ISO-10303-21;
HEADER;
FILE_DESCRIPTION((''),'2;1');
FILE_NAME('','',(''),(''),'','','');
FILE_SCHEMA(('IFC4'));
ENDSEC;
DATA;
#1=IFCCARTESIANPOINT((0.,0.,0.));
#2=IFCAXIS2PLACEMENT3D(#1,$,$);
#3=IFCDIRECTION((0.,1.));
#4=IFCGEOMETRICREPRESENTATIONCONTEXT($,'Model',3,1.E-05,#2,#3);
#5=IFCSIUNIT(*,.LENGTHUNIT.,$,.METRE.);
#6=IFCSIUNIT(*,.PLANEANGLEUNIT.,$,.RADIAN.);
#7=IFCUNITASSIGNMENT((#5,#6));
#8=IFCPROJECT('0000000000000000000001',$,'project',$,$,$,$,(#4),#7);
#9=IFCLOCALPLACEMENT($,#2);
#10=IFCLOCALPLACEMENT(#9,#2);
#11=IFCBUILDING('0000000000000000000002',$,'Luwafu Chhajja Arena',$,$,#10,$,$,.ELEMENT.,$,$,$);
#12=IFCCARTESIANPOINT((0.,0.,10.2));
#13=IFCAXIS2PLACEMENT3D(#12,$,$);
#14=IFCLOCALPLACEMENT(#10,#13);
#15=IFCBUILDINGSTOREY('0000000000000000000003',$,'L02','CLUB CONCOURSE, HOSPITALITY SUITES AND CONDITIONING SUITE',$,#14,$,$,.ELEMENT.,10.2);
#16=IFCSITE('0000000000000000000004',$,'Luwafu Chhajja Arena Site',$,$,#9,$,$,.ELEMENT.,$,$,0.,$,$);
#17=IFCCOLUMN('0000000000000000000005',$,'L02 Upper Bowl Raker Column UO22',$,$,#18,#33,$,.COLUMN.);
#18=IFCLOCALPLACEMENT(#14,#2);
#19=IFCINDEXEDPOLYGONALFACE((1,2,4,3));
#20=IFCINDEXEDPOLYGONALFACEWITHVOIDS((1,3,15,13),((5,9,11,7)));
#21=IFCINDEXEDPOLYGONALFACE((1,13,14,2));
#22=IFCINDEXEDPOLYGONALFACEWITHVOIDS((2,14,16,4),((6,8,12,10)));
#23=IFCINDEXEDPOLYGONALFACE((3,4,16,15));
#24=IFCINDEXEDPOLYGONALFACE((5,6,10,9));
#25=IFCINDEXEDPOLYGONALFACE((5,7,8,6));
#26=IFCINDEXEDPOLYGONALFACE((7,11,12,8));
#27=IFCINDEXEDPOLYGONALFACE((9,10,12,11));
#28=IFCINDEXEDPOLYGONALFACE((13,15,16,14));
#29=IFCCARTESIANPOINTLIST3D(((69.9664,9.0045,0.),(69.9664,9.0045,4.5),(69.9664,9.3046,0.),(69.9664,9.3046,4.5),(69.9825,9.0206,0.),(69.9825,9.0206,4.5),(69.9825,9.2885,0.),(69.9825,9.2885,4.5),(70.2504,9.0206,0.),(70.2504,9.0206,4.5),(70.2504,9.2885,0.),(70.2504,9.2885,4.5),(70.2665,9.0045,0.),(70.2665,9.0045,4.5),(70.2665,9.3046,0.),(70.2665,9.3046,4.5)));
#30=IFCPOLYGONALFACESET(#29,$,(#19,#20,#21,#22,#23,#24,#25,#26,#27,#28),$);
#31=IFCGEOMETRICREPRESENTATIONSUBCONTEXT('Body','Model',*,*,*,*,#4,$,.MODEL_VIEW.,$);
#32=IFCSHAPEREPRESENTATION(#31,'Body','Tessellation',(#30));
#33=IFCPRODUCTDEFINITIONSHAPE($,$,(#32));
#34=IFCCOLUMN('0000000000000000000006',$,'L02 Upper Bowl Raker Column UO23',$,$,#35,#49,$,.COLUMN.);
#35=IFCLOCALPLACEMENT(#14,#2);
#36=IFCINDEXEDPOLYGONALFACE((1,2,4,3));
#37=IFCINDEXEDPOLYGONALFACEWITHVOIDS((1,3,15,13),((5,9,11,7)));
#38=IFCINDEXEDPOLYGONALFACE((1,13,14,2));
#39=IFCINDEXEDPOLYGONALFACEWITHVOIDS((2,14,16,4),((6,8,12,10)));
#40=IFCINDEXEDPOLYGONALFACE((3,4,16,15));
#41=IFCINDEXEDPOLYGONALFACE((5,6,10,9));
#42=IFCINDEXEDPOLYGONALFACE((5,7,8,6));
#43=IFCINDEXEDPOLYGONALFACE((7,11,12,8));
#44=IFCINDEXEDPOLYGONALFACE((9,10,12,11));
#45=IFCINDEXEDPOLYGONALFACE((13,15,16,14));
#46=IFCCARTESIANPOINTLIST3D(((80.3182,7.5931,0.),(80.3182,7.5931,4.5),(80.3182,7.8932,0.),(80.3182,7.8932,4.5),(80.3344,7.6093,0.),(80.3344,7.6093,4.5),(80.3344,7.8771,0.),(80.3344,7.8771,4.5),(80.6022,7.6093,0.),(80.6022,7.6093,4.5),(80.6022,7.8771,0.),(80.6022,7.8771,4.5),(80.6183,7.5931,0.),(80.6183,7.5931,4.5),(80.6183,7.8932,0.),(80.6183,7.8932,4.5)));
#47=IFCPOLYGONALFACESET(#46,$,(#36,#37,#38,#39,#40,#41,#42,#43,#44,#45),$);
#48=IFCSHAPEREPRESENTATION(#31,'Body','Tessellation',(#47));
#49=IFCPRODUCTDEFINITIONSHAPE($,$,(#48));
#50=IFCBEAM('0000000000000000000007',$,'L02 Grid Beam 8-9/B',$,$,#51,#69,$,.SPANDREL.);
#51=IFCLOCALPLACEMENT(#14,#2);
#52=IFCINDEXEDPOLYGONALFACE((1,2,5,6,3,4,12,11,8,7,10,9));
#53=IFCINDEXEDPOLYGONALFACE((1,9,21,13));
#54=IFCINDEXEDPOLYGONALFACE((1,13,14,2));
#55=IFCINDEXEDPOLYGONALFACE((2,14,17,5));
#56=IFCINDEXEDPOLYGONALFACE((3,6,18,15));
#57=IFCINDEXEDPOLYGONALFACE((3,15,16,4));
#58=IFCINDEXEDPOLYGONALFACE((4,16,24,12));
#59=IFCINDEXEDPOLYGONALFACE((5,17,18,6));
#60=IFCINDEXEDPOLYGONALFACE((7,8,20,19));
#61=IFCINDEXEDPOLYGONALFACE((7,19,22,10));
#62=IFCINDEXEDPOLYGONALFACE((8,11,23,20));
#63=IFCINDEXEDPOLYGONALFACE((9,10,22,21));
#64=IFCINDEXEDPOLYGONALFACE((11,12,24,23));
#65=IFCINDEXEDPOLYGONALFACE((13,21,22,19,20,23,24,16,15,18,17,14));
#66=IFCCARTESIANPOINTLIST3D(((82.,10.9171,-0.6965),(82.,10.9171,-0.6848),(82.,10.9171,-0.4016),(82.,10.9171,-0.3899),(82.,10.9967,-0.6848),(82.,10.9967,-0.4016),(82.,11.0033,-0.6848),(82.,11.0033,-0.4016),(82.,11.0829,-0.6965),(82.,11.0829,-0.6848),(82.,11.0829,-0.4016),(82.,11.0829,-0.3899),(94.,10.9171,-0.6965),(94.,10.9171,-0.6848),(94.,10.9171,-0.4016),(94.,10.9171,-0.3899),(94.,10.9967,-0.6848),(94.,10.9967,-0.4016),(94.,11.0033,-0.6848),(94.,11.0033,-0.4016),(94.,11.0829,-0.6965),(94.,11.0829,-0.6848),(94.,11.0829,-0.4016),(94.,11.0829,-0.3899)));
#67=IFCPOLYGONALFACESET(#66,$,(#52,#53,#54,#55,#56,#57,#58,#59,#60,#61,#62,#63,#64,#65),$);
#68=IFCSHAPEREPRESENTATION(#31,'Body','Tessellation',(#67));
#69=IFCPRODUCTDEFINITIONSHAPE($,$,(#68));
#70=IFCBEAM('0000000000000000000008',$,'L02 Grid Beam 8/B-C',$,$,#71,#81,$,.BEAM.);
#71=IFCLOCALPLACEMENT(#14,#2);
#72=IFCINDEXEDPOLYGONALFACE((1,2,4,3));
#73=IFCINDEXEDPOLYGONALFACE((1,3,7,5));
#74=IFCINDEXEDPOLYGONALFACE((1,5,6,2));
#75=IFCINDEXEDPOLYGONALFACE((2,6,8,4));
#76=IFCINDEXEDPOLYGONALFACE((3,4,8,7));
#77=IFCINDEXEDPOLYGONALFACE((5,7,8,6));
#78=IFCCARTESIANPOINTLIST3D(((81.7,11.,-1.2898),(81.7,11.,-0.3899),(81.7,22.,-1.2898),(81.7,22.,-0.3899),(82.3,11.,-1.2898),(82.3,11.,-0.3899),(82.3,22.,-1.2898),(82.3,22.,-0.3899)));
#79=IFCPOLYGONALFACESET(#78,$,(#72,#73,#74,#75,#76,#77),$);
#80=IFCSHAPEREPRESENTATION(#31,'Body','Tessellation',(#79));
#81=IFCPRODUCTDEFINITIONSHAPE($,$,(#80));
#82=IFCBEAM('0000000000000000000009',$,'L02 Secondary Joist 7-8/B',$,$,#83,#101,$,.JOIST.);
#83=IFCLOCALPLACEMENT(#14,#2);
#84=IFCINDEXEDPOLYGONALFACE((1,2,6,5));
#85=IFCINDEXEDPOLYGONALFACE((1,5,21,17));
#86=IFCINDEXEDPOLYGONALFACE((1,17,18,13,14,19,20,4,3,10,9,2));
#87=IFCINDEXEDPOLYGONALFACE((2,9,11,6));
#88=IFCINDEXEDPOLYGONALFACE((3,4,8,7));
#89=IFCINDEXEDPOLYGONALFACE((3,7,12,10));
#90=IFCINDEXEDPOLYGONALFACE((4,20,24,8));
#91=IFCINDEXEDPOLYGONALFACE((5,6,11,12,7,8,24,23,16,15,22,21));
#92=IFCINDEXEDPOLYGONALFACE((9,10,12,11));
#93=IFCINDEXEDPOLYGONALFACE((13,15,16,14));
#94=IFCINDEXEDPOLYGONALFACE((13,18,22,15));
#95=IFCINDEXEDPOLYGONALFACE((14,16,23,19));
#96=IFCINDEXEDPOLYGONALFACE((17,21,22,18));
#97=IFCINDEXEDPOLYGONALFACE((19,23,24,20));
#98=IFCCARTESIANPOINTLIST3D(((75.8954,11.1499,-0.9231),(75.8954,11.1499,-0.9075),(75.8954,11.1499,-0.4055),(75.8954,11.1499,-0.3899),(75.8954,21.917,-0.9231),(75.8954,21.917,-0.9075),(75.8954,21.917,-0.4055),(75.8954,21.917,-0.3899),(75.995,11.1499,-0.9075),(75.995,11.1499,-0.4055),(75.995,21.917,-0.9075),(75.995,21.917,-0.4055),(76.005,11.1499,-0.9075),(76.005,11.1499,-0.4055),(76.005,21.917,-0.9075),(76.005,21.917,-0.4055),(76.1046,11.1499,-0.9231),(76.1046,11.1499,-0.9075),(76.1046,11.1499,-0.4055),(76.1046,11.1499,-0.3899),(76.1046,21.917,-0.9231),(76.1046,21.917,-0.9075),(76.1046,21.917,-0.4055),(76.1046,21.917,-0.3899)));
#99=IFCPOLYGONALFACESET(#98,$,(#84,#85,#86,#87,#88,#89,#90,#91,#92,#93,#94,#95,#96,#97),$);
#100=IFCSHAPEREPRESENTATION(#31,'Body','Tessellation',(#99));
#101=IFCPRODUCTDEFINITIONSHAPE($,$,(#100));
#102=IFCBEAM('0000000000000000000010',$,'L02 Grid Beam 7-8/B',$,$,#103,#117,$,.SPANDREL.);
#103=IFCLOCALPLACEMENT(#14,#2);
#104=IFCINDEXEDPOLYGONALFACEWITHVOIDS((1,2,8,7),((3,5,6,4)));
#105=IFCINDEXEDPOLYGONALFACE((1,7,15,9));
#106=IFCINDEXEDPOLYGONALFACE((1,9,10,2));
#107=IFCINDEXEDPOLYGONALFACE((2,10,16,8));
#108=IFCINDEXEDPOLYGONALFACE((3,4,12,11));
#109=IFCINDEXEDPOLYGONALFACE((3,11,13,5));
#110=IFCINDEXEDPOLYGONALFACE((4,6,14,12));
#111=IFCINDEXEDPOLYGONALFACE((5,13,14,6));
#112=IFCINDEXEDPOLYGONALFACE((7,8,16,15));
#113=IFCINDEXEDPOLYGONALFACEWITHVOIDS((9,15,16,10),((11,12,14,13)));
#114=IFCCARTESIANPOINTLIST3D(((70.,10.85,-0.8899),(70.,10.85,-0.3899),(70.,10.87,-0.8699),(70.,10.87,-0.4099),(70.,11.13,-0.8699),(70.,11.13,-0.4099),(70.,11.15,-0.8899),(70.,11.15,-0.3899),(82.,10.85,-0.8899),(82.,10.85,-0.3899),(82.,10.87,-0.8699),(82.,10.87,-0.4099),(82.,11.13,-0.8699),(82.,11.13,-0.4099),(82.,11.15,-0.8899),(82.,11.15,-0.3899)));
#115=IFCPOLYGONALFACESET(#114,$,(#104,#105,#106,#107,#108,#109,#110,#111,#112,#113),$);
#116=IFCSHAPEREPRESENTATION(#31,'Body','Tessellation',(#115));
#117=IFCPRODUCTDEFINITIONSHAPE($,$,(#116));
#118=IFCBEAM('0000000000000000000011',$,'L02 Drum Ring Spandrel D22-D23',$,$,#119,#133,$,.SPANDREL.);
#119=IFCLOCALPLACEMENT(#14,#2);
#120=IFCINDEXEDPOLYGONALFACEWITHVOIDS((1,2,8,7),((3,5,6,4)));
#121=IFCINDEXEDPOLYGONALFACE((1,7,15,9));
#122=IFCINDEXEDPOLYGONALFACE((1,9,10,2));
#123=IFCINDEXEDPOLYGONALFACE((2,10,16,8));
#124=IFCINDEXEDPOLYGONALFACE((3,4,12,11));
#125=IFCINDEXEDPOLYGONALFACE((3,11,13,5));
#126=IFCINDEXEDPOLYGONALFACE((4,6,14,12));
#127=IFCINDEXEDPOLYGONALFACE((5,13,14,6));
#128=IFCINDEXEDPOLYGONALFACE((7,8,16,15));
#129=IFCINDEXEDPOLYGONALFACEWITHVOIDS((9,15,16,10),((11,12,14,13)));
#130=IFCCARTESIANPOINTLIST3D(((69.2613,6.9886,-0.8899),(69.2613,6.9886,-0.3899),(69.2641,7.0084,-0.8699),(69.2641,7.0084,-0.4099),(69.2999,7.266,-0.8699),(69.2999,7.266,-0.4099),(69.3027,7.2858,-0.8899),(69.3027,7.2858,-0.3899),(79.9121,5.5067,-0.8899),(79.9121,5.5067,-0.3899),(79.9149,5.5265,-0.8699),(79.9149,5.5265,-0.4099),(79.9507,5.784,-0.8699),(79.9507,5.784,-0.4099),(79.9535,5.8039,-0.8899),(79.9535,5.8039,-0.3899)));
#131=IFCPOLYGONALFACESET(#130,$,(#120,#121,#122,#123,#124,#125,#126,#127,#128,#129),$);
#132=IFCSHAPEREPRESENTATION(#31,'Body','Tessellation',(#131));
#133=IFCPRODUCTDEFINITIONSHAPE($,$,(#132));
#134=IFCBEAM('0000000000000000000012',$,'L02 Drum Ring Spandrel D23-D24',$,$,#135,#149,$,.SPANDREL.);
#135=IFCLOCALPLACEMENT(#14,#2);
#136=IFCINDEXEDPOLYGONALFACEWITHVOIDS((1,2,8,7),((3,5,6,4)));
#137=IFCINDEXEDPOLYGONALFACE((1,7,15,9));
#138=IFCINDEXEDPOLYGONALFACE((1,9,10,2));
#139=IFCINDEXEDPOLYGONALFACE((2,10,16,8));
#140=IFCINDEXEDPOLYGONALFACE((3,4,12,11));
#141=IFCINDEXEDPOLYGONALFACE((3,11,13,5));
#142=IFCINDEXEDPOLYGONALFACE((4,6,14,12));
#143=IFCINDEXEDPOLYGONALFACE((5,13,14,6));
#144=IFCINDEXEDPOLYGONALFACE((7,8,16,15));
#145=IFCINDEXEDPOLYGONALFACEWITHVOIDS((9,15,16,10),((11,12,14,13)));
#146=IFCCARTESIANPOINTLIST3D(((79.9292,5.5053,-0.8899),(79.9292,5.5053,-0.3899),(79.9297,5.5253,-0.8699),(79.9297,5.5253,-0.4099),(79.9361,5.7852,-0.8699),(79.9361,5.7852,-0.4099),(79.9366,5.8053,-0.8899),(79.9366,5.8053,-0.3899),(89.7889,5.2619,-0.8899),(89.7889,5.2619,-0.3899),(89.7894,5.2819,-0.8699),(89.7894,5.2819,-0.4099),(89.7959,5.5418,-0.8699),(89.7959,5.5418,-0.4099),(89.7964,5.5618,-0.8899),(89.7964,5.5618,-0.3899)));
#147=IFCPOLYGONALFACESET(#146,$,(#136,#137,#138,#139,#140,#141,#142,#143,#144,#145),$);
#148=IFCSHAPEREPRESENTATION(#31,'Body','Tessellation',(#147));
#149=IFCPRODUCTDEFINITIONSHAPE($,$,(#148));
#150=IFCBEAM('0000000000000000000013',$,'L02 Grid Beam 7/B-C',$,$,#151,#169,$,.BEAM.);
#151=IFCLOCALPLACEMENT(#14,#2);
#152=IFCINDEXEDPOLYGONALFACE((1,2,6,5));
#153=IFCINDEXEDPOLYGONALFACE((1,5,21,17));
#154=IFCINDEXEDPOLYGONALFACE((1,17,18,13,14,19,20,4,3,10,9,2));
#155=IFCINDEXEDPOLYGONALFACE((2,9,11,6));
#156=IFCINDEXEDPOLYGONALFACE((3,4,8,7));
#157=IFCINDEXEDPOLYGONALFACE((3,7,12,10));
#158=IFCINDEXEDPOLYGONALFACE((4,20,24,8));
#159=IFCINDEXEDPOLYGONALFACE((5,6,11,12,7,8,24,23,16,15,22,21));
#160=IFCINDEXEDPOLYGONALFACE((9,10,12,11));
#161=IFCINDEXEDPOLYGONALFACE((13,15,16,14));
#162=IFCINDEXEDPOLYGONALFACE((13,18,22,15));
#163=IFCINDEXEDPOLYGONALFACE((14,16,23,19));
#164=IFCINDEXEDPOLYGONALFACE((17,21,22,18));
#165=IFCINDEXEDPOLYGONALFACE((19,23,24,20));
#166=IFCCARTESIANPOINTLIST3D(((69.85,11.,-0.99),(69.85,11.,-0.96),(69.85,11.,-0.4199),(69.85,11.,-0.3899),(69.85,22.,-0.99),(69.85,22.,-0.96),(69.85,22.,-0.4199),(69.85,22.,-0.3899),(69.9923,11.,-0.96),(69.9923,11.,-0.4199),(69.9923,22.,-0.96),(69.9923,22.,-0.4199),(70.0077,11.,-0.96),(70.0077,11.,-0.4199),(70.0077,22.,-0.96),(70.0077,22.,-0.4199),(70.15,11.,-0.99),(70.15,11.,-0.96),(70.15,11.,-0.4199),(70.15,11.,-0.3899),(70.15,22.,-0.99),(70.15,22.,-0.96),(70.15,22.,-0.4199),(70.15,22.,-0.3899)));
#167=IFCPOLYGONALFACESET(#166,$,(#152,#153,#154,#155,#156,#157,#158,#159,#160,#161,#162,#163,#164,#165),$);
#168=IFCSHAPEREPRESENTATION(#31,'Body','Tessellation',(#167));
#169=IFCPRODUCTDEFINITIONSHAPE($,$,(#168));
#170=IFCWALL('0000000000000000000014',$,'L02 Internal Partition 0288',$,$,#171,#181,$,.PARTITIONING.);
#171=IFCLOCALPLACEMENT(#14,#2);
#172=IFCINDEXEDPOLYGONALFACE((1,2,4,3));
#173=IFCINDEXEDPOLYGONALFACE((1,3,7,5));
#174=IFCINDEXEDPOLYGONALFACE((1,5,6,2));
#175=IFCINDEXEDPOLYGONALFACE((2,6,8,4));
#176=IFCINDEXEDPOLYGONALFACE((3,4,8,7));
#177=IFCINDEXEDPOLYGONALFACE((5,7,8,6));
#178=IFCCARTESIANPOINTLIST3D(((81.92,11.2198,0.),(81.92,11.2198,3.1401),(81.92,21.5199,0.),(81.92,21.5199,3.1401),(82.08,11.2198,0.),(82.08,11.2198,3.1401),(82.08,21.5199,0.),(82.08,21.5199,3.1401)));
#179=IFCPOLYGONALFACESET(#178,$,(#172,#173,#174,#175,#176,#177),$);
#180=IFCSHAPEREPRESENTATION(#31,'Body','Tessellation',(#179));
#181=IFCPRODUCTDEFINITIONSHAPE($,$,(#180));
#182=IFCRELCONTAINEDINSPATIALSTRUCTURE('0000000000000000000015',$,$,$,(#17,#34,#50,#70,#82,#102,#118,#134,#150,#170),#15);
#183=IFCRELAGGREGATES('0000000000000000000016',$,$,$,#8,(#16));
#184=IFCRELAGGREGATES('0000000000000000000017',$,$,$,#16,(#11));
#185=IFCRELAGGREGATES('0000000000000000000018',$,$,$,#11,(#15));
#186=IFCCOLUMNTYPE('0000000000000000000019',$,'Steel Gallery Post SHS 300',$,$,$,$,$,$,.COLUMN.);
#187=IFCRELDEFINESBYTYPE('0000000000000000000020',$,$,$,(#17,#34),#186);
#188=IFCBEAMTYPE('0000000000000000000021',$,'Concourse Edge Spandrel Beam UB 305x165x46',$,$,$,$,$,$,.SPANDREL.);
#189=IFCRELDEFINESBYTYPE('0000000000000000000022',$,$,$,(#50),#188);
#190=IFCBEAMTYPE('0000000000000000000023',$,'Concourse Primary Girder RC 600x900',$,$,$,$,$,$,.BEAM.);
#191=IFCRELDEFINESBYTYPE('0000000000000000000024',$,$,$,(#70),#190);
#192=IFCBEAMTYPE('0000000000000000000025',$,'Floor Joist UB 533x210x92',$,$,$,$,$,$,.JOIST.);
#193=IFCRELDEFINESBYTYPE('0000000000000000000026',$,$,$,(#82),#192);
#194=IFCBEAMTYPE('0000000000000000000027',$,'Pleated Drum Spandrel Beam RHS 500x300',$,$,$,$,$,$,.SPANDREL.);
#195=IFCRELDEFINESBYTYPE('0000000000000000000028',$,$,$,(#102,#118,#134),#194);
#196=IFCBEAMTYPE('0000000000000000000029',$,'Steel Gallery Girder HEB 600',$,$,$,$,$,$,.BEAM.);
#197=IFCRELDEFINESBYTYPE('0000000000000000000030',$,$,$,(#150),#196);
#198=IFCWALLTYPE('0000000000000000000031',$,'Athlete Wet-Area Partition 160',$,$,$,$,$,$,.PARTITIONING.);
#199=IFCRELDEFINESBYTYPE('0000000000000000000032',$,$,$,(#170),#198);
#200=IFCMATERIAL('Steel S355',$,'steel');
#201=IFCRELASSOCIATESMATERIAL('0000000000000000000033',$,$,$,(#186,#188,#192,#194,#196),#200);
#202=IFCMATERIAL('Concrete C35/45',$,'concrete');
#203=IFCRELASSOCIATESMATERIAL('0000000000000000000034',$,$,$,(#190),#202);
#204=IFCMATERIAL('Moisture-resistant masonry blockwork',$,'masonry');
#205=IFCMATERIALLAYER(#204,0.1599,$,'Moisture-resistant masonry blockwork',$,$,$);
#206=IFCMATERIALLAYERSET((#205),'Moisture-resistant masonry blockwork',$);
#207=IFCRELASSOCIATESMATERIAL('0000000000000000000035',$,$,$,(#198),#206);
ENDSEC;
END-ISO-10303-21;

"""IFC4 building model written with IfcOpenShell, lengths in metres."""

from ifc_helpers import new_model, si_unit, direction, frame, frame_2d, origin, origin_2d, place, context, subcontext, project, spatial, rectangle, hollow_rectangle, i_section, extrude, material, layer, layer_set, material_profile, profile_set, type_object, element, save


model = new_model("IFC4")

# Units and contexts
model_context = context("Model", 3, precision=1e-05, world=origin(), true_north=direction((0.0, 1.0)))
body_context = subcontext(model_context, "Body", "Model", "MODEL_VIEW")
ifc_project = project(units=[si_unit("LENGTHUNIT", "METRE"), si_unit("PLANEANGLEUNIT", "RADIAN")], contexts=[model_context])

# Site, building, storey
site_placement = place(None, origin())
site = spatial("IfcSite", under=ifc_project, at=site_placement, Name="Luwafu Chhajja Arena Site", CompositionType="ELEMENT", RefElevation=0.0)
building_placement = place(site_placement, origin())
building = spatial("IfcBuilding", under=site, at=building_placement, Name="Luwafu Chhajja Arena", CompositionType="ELEMENT")
storey_placement = place(building_placement, frame((0.0, 0.0, 10.2)))
storey = spatial("IfcBuildingStorey", under=building, at=storey_placement, Name="L02", Description="CLUB CONCOURSE, HOSPITALITY SUITES AND CONDITIONING SUITE", CompositionType="ELEMENT", Elevation=10.2)

# Columns
ifc_material_1 = material(Name="Concrete C35/45", Category="concrete")
ifc_material_2 = material(Name="Steel S355", Category="steel")
ifc_material_profile_1 = material_profile(ifc_material_2, hollow_rectangle(XDim=0.3, YDim=0.3, WallThickness=0.0161, at=origin_2d()), Name="SHS 300x300x16")
ifc_profile_set_1 = profile_set([ifc_material_profile_1], Name="Steel S355")
column_type_1 = type_object("IfcColumnType", Name="Steel Gallery Post SHS 300", PredefinedType="COLUMN", material=ifc_profile_set_1)
for number, where, z_axis, x_axis, name in (
    (1, (70.1165, 9.1545, 0.0), (0.0, 0.0, 1.0), (1.0, 0.0, 0.0), "L02 Upper Bowl Raker Column UO22"),
    (2, (80.4683, 7.7432, 0.0), (0.0, 0.0, 1.0), (1.0, 0.0, 0.0), "L02 Upper Bowl Raker Column UO23"),
):
    element("IfcColumn", number, at=place(storey_placement, frame(where, z_axis=z_axis, x_axis=x_axis)), inside=storey, type_object=column_type_1, Name=name, PredefinedType="COLUMN", context=body_context, shape_type="SweptSolid", body=[
        extrude(hollow_rectangle(XDim=0.3, YDim=0.3, WallThickness=0.0161, at=origin_2d()), origin(), (0.0, 0.0, 1.0), 4.5),
    ])

# Beams
ifc_material_profile_2 = material_profile(ifc_material_2, i_section(OverallWidth=0.1658, OverallDepth=0.3066, WebThickness=0.0066, FlangeThickness=0.0117, at=origin_2d()), Name="UB 305x165x46")
ifc_profile_set_2 = profile_set([ifc_material_profile_2], Name="Steel S355")
beam_type_1 = type_object("IfcBeamType", Name="Concourse Edge Spandrel Beam UB 305x165x46", PredefinedType="SPANDREL", material=ifc_profile_set_2)
beam_1_placement = place(storey_placement, frame((82.0, 11.0, -0.5432), z_axis=(1.0, 0.0, 0.0), x_axis=(0.0, 1.0, 0.0)))
element("IfcBeam", 3, at=beam_1_placement, inside=storey, type_object=beam_type_1, Name="L02 Grid Beam 8-9/B", PredefinedType="SPANDREL", context=body_context, shape_type="SweptSolid", body=[
    extrude(i_section(OverallWidth=0.1658, OverallDepth=0.3066, WebThickness=0.0066, FlangeThickness=0.0117, at=origin_2d()), origin(), (0.0, 0.0, 1.0), 12.0),
])
ifc_material_profile_3 = material_profile(ifc_material_1, rectangle(XDim=0.6001, YDim=0.8999, at=origin_2d()), Name="RC 600x900")
ifc_profile_set_3 = profile_set([ifc_material_profile_3], Name="Concrete C35/45")
beam_type_2 = type_object("IfcBeamType", Name="Concourse Primary Girder RC 600x900", PredefinedType="BEAM", material=ifc_profile_set_3)
beam_2_placement = place(storey_placement, frame((82.0, 11.0, -0.8398), z_axis=(0.0, 1.0, 0.0), x_axis=(-1.0, 0.0, 0.0)))
element("IfcBeam", 4, at=beam_2_placement, inside=storey, type_object=beam_type_2, Name="L02 Grid Beam 8/B-C", PredefinedType="BEAM", context=body_context, shape_type="SweptSolid", body=[
    extrude(rectangle(XDim=0.6001, YDim=0.8999, at=origin_2d()), origin(), (0.0, 0.0, 1.0), 11.0),
])
ifc_material_profile_4 = material_profile(ifc_material_2, i_section(OverallWidth=0.2092, OverallDepth=0.5332, WebThickness=0.01, FlangeThickness=0.0156, at=origin_2d()), Name="UB 533x210x92")
ifc_profile_set_4 = profile_set([ifc_material_profile_4], Name="Steel S355")
beam_type_3 = type_object("IfcBeamType", Name="Floor Joist UB 533x210x92", PredefinedType="JOIST", material=ifc_profile_set_4)
beam_3_placement = place(storey_placement, frame((76.0, 11.1499, -0.6565), z_axis=(0.0, 1.0, 0.0), x_axis=(-1.0, 0.0, 0.0)))
element("IfcBeam", 5, at=beam_3_placement, inside=storey, type_object=beam_type_3, Name="L02 Secondary Joist 7-8/B", PredefinedType="JOIST", context=body_context, shape_type="SweptSolid", body=[
    extrude(i_section(OverallWidth=0.2092, OverallDepth=0.5332, WebThickness=0.01, FlangeThickness=0.0156, at=origin_2d()), origin(), (0.0, 0.0, 1.0), 10.7671),
])
ifc_material_profile_5 = material_profile(ifc_material_2, hollow_rectangle(XDim=0.3, YDim=0.5, WallThickness=0.02, at=origin_2d()), Name="RHS 500x300x20")
ifc_profile_set_5 = profile_set([ifc_material_profile_5], Name="Steel S355")
beam_type_4 = type_object("IfcBeamType", Name="Pleated Drum Spandrel Beam RHS 500x300", PredefinedType="SPANDREL", material=ifc_profile_set_5)
beam_4_placement = place(storey_placement, frame((70.0, 11.0, -0.6399), z_axis=(1.0, 0.0, 0.0), x_axis=(0.0, 1.0, 0.0)))
element("IfcBeam", 6, at=beam_4_placement, inside=storey, type_object=beam_type_4, Name="L02 Grid Beam 7-8/B", PredefinedType="SPANDREL", context=body_context, shape_type="SweptSolid", body=[
    extrude(hollow_rectangle(XDim=0.3, YDim=0.5, WallThickness=0.02, at=origin_2d()), origin(), (0.0, 0.0, 1.0), 12.0),
])
beam_5_placement = place(storey_placement, frame((69.282, 7.1372, -0.6399), z_axis=(0.990459, -0.13781, 0.0), x_axis=(0.13781, 0.990459, 0.0)))
element("IfcBeam", 7, at=beam_5_placement, inside=storey, type_object=beam_type_4, Name="L02 Drum Ring Spandrel D22-D23", PredefinedType="SPANDREL", context=body_context, shape_type="SweptSolid", body=[
    extrude(hollow_rectangle(XDim=0.3, YDim=0.5, WallThickness=0.02, at=origin_2d()), origin(), (0.0, 0.0, 1.0), 10.7534),
])
beam_6_placement = place(storey_placement, frame((79.9329, 5.6553, -0.6399), z_axis=(0.999695, -0.024679, 0.0), x_axis=(0.024679, 0.999695, 0.0)))
element("IfcBeam", 8, at=beam_6_placement, inside=storey, type_object=beam_type_4, Name="L02 Drum Ring Spandrel D23-D24", PredefinedType="SPANDREL", context=body_context, shape_type="SweptSolid", body=[
    extrude(hollow_rectangle(XDim=0.3, YDim=0.5, WallThickness=0.02, at=origin_2d()), origin(), (0.0, 0.0, 1.0), 9.8628),
])
ifc_material_profile_6 = material_profile(ifc_material_2, i_section(OverallWidth=0.3, OverallDepth=0.6001, WebThickness=0.0154, FlangeThickness=0.03, at=origin_2d()), Name="HEB 600")
ifc_profile_set_6 = profile_set([ifc_material_profile_6], Name="Steel S355")
beam_type_5 = type_object("IfcBeamType", Name="Steel Gallery Girder HEB 600", PredefinedType="BEAM", material=ifc_profile_set_6)
beam_7_placement = place(storey_placement, frame((70.0, 11.0, -0.6899), z_axis=(0.0, 1.0, 0.0), x_axis=(-1.0, 0.0, 0.0)))
element("IfcBeam", 9, at=beam_7_placement, inside=storey, type_object=beam_type_5, Name="L02 Grid Beam 7/B-C", PredefinedType="BEAM", context=body_context, shape_type="SweptSolid", body=[
    extrude(i_section(OverallWidth=0.3, OverallDepth=0.6001, WebThickness=0.0154, FlangeThickness=0.03, at=origin_2d()), origin(), (0.0, 0.0, 1.0), 11.0),
])

# Wall
ifc_material_3 = material(Name="Moisture-resistant masonry blockwork", Category="masonry")
ifc_layer_1 = layer(ifc_material_3, 0.1599, Name="Moisture-resistant masonry blockwork")
ifc_layer_set_1 = layer_set([ifc_layer_1], Name="Moisture-resistant masonry blockwork")
wall_type_1 = type_object("IfcWallType", Name="Athlete Wet-Area Partition 160", PredefinedType="PARTITIONING", material=ifc_layer_set_1)
wall_1_placement = place(storey_placement, frame((82.0, 11.22, 0.0), z_axis=(0.0, 0.0, 1.0), x_axis=(0.0, 1.0, 0.0)))
element("IfcWall", 10, at=wall_1_placement, inside=storey, type_object=wall_type_1, Name="L02 Internal Partition 0288", PredefinedType="PARTITIONING", context=body_context, shape_type="SweptSolid", body=[
    extrude(rectangle(XDim=10.3, YDim=0.1599, at=frame_2d((5.1499, 0.0))), origin(), (0.0, 0.0, 1.0), 3.1401),
])

save(model, "model.ifc")
